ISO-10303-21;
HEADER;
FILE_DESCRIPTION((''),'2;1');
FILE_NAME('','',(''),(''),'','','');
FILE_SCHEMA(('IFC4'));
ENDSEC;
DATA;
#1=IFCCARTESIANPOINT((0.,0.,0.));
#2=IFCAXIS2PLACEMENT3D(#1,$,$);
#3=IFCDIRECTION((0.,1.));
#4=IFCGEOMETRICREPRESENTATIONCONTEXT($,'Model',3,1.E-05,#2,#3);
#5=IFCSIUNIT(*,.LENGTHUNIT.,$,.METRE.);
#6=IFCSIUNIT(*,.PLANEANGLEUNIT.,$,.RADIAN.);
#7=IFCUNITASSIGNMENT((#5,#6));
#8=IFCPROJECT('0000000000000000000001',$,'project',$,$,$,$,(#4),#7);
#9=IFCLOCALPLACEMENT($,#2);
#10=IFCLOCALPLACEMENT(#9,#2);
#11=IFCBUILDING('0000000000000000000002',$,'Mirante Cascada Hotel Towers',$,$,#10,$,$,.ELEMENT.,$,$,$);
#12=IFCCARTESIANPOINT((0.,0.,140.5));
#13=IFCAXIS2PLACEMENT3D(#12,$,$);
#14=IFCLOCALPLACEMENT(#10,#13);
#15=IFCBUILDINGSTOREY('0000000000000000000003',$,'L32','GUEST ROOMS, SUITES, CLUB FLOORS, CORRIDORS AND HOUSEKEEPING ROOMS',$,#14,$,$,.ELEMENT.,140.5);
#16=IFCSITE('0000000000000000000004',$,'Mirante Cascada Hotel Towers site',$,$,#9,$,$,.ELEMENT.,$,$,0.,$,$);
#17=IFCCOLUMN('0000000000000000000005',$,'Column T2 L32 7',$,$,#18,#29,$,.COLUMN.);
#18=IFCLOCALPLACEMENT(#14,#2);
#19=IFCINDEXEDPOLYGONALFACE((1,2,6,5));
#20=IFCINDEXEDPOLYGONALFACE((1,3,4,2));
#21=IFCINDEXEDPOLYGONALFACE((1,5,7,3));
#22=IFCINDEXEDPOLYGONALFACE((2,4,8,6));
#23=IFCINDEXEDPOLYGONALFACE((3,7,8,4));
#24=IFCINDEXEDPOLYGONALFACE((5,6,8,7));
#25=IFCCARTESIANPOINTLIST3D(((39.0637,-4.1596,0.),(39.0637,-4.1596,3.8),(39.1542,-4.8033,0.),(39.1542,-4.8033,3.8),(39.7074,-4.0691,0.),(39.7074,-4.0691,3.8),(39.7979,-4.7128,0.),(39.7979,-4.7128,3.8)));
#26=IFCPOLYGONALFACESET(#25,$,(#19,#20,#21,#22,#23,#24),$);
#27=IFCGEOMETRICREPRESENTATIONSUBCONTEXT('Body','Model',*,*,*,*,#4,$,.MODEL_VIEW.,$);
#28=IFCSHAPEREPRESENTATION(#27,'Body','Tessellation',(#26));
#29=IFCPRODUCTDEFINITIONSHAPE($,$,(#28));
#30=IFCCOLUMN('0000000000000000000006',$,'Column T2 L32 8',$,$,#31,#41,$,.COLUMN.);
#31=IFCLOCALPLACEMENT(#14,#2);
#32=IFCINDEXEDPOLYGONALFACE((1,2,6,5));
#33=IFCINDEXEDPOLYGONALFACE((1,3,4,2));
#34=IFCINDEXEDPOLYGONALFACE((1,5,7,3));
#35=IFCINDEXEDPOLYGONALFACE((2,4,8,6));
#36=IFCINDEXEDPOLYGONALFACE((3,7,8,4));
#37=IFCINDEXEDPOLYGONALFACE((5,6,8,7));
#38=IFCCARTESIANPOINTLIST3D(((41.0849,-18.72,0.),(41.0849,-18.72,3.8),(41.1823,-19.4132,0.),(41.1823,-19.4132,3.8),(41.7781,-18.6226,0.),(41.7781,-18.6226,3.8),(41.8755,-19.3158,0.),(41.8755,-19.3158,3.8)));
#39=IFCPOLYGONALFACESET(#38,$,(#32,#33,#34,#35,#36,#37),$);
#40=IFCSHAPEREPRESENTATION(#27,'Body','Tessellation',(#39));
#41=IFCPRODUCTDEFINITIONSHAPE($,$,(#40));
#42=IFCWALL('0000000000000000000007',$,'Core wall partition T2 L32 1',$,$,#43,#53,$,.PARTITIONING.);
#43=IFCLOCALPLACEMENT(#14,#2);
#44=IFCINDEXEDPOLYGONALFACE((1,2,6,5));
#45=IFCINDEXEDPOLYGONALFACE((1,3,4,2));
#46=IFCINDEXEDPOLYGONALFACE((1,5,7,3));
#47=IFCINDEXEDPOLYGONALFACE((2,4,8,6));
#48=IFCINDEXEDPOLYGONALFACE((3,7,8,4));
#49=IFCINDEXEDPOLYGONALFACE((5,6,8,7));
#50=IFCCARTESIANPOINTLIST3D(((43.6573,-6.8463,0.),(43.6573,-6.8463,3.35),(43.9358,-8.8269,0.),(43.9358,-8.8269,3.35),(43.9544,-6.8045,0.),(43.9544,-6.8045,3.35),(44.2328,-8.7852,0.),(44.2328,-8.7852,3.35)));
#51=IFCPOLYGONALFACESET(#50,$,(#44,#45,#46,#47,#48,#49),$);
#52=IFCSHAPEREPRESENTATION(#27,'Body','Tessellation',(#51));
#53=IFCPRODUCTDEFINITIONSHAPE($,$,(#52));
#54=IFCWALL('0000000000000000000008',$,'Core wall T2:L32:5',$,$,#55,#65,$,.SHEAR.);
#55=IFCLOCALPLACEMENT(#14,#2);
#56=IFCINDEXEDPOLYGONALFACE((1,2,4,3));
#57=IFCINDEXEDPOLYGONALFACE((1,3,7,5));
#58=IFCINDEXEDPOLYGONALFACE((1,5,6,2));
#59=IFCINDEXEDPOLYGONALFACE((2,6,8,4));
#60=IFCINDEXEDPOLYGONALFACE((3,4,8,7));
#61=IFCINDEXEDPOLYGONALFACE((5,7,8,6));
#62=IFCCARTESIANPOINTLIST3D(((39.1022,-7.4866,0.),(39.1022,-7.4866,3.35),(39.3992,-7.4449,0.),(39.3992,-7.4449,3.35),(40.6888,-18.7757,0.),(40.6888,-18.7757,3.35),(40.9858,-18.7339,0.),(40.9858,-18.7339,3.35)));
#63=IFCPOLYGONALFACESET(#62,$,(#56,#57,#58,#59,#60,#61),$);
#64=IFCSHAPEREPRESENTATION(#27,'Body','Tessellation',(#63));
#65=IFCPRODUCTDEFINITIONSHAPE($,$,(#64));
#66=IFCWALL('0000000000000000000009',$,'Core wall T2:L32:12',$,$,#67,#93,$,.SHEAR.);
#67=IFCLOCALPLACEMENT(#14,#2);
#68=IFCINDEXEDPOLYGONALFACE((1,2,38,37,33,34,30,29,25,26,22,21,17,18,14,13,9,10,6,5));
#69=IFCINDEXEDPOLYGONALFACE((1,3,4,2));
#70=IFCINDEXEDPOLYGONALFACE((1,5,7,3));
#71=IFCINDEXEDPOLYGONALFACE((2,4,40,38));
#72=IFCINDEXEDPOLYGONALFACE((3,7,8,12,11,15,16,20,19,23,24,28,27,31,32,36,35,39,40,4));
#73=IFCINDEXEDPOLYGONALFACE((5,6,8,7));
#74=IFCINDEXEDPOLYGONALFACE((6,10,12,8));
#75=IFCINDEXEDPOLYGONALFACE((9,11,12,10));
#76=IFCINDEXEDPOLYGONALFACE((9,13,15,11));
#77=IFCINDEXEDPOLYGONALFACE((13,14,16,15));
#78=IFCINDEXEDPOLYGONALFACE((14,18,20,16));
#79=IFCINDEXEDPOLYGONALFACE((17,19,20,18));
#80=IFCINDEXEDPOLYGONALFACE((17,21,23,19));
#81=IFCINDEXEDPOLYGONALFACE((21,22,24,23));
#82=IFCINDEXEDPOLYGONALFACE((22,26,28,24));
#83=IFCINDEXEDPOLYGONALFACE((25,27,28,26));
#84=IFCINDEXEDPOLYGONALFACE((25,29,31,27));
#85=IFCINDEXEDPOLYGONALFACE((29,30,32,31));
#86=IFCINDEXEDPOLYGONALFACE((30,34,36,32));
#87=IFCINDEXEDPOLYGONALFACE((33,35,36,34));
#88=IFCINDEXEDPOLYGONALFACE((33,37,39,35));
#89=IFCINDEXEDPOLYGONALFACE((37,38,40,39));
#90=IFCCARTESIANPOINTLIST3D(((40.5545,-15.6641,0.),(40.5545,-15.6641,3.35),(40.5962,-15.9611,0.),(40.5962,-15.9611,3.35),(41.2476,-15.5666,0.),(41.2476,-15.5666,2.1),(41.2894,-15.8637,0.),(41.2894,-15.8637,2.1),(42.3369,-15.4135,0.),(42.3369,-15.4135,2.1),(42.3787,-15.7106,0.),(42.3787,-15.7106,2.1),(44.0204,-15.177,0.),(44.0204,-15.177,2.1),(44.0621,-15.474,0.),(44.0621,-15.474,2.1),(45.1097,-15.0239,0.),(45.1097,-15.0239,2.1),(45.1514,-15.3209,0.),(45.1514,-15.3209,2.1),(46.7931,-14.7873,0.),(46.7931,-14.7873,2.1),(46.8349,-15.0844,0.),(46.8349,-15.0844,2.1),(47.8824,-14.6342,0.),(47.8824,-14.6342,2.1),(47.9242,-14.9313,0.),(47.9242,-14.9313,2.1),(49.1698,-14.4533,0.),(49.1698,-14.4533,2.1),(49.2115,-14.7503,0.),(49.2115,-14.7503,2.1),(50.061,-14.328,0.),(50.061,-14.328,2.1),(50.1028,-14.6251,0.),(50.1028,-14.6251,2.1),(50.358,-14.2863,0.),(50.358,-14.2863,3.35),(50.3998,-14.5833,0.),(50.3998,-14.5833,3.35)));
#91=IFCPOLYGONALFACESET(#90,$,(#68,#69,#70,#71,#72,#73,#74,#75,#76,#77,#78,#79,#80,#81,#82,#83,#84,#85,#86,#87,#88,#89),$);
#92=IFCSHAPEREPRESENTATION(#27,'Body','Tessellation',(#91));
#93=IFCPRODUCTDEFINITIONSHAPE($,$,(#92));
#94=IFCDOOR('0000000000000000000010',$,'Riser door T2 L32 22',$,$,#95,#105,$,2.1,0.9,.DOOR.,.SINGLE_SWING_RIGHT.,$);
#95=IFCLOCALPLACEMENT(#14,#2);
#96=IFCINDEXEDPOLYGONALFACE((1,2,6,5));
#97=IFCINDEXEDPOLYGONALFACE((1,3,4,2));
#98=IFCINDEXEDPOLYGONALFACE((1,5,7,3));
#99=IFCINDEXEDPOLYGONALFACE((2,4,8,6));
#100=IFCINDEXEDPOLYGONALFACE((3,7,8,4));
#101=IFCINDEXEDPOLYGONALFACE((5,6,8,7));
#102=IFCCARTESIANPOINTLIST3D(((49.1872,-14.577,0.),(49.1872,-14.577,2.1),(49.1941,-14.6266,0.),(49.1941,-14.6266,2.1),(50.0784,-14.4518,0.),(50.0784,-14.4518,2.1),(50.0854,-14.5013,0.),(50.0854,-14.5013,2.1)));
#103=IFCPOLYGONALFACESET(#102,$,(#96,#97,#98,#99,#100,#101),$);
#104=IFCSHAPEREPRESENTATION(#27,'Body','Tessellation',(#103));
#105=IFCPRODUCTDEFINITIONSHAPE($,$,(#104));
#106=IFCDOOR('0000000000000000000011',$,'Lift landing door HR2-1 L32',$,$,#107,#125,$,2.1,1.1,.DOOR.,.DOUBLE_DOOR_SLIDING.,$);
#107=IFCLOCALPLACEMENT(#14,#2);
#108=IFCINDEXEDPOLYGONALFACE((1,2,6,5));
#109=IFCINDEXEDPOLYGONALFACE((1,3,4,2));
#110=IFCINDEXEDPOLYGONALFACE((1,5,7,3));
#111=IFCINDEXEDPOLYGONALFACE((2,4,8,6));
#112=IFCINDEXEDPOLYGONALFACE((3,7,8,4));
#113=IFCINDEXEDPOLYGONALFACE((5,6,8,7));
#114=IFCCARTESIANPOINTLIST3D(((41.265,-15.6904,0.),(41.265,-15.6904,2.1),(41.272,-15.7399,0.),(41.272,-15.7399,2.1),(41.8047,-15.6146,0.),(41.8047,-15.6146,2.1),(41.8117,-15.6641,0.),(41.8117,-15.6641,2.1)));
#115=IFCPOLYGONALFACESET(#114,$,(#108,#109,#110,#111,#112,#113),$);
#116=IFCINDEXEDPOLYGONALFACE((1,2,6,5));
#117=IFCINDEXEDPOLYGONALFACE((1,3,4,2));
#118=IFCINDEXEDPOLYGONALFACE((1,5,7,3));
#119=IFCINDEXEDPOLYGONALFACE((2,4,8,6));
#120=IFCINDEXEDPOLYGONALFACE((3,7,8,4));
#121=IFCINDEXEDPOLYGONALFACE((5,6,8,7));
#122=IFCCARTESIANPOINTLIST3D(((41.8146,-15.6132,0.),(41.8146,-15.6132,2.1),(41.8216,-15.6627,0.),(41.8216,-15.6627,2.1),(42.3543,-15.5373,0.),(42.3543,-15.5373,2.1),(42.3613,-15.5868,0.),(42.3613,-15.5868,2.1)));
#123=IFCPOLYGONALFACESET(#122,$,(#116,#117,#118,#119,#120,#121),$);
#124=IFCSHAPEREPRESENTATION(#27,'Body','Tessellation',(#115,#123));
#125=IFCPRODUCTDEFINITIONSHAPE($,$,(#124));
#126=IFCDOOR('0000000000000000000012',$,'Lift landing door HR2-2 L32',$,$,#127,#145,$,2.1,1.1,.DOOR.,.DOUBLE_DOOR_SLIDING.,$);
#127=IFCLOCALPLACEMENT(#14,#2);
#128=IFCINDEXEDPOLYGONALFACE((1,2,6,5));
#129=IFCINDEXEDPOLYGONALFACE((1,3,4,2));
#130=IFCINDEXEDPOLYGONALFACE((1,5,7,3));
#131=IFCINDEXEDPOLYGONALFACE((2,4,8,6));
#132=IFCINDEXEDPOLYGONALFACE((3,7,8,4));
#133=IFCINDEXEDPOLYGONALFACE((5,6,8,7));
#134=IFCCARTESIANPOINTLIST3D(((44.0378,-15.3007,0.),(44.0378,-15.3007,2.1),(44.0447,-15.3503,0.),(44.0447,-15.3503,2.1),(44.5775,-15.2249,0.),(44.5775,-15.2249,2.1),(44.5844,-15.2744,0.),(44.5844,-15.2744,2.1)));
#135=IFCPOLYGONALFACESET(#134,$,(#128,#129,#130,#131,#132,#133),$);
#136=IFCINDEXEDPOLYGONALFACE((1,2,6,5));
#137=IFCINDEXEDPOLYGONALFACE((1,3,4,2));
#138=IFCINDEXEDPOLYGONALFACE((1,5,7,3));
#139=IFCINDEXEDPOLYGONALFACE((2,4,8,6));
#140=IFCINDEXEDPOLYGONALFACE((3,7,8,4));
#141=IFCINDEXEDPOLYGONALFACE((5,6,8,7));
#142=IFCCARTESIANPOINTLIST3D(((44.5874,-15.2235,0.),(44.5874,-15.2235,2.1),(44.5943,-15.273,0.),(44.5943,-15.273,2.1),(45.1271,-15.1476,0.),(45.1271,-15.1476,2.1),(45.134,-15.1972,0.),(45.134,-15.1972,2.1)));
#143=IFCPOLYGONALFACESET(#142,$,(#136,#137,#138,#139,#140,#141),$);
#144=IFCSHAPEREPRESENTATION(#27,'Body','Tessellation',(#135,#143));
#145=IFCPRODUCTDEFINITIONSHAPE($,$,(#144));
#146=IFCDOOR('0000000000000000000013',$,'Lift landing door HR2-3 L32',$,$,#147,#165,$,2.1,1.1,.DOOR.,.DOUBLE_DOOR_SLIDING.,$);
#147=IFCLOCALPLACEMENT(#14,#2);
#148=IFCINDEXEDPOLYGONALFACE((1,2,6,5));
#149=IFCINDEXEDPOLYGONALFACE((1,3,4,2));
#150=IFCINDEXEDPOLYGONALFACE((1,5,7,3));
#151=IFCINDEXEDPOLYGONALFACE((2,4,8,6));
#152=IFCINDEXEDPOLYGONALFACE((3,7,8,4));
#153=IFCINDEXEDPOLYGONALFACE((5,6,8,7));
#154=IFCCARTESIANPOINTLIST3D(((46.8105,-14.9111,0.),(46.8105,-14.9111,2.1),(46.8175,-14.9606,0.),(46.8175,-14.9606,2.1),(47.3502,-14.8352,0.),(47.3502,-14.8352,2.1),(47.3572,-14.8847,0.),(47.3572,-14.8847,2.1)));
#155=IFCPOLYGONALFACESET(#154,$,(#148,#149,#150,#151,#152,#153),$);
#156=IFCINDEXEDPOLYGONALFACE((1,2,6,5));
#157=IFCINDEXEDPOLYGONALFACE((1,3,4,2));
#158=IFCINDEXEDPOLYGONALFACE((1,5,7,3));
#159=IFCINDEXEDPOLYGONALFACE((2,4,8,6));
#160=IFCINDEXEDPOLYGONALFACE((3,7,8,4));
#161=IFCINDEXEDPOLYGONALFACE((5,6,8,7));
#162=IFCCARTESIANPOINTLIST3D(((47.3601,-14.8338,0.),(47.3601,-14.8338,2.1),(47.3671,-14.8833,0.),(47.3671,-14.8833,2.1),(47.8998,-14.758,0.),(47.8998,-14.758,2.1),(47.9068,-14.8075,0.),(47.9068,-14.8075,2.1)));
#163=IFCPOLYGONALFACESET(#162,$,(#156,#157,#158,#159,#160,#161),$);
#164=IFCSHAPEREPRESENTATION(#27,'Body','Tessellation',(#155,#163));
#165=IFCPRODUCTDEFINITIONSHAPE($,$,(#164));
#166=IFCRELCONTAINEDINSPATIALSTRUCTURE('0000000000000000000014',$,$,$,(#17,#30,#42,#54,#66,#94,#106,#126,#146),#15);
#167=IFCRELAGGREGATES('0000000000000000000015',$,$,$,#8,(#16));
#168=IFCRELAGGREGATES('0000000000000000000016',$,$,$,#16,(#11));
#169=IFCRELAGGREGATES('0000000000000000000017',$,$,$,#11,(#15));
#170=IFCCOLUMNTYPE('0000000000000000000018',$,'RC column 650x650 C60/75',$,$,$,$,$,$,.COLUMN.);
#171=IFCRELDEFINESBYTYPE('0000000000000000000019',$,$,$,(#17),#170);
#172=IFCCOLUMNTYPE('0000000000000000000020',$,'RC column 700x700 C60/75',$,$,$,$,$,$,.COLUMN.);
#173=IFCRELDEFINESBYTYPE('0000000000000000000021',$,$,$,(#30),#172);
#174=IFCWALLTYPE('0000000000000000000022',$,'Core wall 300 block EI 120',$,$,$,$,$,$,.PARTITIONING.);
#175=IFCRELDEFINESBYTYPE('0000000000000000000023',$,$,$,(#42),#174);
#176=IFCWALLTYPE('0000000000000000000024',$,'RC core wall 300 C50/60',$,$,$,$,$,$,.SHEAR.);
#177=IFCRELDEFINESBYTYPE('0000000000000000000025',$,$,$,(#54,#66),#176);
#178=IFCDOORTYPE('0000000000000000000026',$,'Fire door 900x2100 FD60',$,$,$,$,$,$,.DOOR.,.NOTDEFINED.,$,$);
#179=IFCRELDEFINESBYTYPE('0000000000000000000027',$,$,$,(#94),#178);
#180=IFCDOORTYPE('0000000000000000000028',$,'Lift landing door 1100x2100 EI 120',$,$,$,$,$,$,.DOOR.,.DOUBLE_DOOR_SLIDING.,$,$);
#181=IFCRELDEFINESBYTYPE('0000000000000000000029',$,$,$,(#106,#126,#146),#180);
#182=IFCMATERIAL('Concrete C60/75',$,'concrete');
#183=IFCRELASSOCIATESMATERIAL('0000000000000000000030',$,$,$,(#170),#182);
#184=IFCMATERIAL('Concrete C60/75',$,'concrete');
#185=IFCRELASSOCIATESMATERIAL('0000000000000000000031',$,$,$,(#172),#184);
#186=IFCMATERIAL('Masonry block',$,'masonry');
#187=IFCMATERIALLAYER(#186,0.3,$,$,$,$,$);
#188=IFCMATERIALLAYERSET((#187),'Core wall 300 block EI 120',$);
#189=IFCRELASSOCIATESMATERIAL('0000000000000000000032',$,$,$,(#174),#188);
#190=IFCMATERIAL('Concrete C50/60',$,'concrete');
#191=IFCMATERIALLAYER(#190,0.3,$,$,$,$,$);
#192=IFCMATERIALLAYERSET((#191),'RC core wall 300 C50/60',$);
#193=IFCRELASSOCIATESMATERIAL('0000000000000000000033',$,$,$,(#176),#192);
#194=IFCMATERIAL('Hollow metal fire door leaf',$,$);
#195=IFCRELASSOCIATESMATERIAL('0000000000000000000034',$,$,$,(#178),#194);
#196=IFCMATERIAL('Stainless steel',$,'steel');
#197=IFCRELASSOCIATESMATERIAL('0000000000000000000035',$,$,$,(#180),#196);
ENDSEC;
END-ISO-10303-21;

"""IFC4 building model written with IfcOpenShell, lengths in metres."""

from ifc_helpers import new_model, si_unit, direction, frame, frame_2d, origin, origin_2d, place, context, subcontext, project, spatial, rectangle, extrude, material, layer, layer_set, material_profile, profile_set, type_object, element, fill, save


model = new_model("IFC4")

# Units and contexts
model_context = context("Model", 3, precision=1e-05, world=origin(), true_north=direction((0.0, 1.0)))
body_context = subcontext(model_context, "Body", "Model", "MODEL_VIEW")
ifc_project = project(units=[si_unit("LENGTHUNIT", "METRE"), si_unit("PLANEANGLEUNIT", "RADIAN")], contexts=[model_context])

# Site, building, storey
site_placement = place(None, origin())
site = spatial("IfcSite", under=ifc_project, at=site_placement, Name="Mirante Cascada Hotel Towers site", CompositionType="ELEMENT", RefElevation=0.0)
building_placement = place(site_placement, origin())
building = spatial("IfcBuilding", under=site, at=building_placement, Name="Mirante Cascada Hotel Towers", CompositionType="ELEMENT")
storey_placement = place(building_placement, frame((0.0, 0.0, 140.5)))
storey = spatial("IfcBuildingStorey", under=building, at=storey_placement, Name="L32", Description="GUEST ROOMS, SUITES, CLUB FLOORS, CORRIDORS AND HOUSEKEEPING ROOMS", CompositionType="ELEMENT", Elevation=140.5)

# Columns
ifc_material_1 = material(Name="Concrete C60/75", Category="concrete")
ifc_material_profile_1 = material_profile(ifc_material_1, rectangle(XDim=0.65, YDim=0.65, at=origin_2d()), Name="RC column 650x650 C60/75")
ifc_profile_set_1 = profile_set([ifc_material_profile_1], Name="Concrete C60/75")
column_type_1 = type_object("IfcColumnType", Name="RC column 650x650 C60/75", PredefinedType="COLUMN", material=ifc_profile_set_1)
column_1_placement = place(storey_placement, frame((39.4308, -4.4362, 0.0), z_axis=(0.0, 0.0, 1.0), x_axis=(0.990268, 0.139173, 0.0)))
element("IfcColumn", 1, at=column_1_placement, inside=storey, type_object=column_type_1, Name="Column T2 L32 7", PredefinedType="COLUMN", context=body_context, shape_type="SweptSolid", body=[
    extrude(rectangle(XDim=0.65, YDim=0.65, at=origin_2d()), origin(), (0.0, 0.0, 1.0), 3.8),
])
ifc_material_2 = material(Name="Concrete C60/75", Category="concrete")
ifc_material_profile_2 = material_profile(ifc_material_2, rectangle(XDim=0.7, YDim=0.7, at=origin_2d()), Name="RC column 700x700 C60/75")
ifc_profile_set_2 = profile_set([ifc_material_profile_2], Name="Concrete C60/75")
column_type_2 = type_object("IfcColumnType", Name="RC column 700x700 C60/75", PredefinedType="COLUMN", material=ifc_profile_set_2)
column_2_placement = place(storey_placement, frame((41.4802, -19.0179, 0.0), z_axis=(0.0, 0.0, 1.0), x_axis=(0.990268, 0.139173, 0.0)))
element("IfcColumn", 2, at=column_2_placement, inside=storey, type_object=column_type_2, Name="Column T2 L32 8", PredefinedType="COLUMN", context=body_context, shape_type="SweptSolid", body=[
    extrude(rectangle(XDim=0.7, YDim=0.7, at=origin_2d()), origin(), (0.0, 0.0, 1.0), 3.8),
])

# Walls
ifc_material_3 = material(Name="Masonry block", Category="masonry")
ifc_layer_1 = layer(ifc_material_3, 0.3)
ifc_layer_set_1 = layer_set([ifc_layer_1], Name="Core wall 300 block EI 120")
wall_type_1 = type_object("IfcWallType", Name="Core wall 300 block EI 120", PredefinedType="PARTITIONING", material=ifc_layer_set_1)
wall_1_placement = place(storey_placement, frame((44.0843, -8.8061, 0.0), z_axis=(0.0, 0.0, 1.0), x_axis=(-0.139195, 0.990265, 0.0)))
element("IfcWall", 3, at=wall_1_placement, inside=storey, type_object=wall_type_1, Name="Core wall partition T2 L32 1", PredefinedType="PARTITIONING", context=body_context, shape_type="SweptSolid", body=[
    extrude(rectangle(XDim=2.0001, YDim=0.3, at=frame_2d((1.0001, 0.0))), origin(), (0.0, 0.0, 1.0), 3.35),
])
ifc_material_4 = material(Name="Concrete C50/60", Category="concrete")
ifc_layer_2 = layer(ifc_material_4, 0.3)
ifc_layer_set_2 = layer_set([ifc_layer_2], Name="RC core wall 300 C50/60")
wall_type_2 = type_object("IfcWallType", Name="RC core wall 300 C50/60", PredefinedType="SHEAR", material=ifc_layer_set_2)
wall_2_placement = place(storey_placement, frame((40.8373, -18.7548, 0.0), z_axis=(0.0, 0.0, 1.0), x_axis=(-0.139175, 0.990268, 0.0)))
element("IfcWall", 4, at=wall_2_placement, inside=storey, type_object=wall_type_2, Name="Core wall T2:L32:5", PredefinedType="SHEAR", context=body_context, shape_type="SweptSolid", body=[
    extrude(rectangle(XDim=11.4, YDim=0.3, at=frame_2d((5.7, 0.0))), origin(), (0.0, 0.0, 1.0), 3.35),
])

# Wall, openings, doors
wall_3_placement = place(storey_placement, frame((40.5753, -15.8126, 0.0), z_axis=(0.0, 0.0, 1.0), x_axis=(0.990268, 0.139173, 0.0)))
wall_3 = element("IfcWall", 5, at=wall_3_placement, inside=storey, type_object=wall_type_2, Name="Core wall T2:L32:12", PredefinedType="SHEAR", context=body_context, shape_type="SweptSolid", body=[
    extrude(rectangle(XDim=9.8999, YDim=0.3, at=frame_2d((4.95, 0.0))), origin(), (0.0, 0.0, 1.0), 3.35),
])
opening_1_placement = place(wall_3_placement, frame((0.7, 0.0, 0.0)))
opening_1 = element("IfcOpeningElement", 6, at=opening_1_placement, cuts=wall_3, PredefinedType="OPENING", context=body_context, shape_type="SweptSolid", body=[
    extrude(rectangle(XDim=1.1, YDim=2.1, at=frame_2d((0.55, 1.05))), frame((0.0, 0.15, 0.0), z_axis=(0.0, -1.0, 0.0), x_axis=(1.0, 0.0, 0.0)), (0.0, 0.0, 1.0), 0.3),
])
opening_2_placement = place(wall_3_placement, frame((3.5, 0.0, 0.0)))
opening_2 = element("IfcOpeningElement", 7, at=opening_2_placement, cuts=wall_3, PredefinedType="OPENING", context=body_context, shape_type="SweptSolid", body=[
    extrude(rectangle(XDim=1.1, YDim=2.1, at=frame_2d((0.55, 1.05))), frame((0.0, 0.15, 0.0), z_axis=(0.0, -1.0, 0.0), x_axis=(1.0, 0.0, 0.0)), (0.0, 0.0, 1.0), 0.3),
])
opening_3_placement = place(wall_3_placement, frame((6.3, 0.0, 0.0)))
opening_3 = element("IfcOpeningElement", 8, at=opening_3_placement, cuts=wall_3, PredefinedType="OPENING", context=body_context, shape_type="SweptSolid", body=[
    extrude(rectangle(XDim=1.1, YDim=2.1, at=frame_2d((0.55, 1.05))), frame((0.0, 0.15, 0.0), z_axis=(0.0, -1.0, 0.0), x_axis=(1.0, 0.0, 0.0)), (0.0, 0.0, 1.0), 0.3),
])
opening_4_placement = place(wall_3_placement, frame((8.7, 0.0, 0.0)))
opening_4 = element("IfcOpeningElement", 9, at=opening_4_placement, cuts=wall_3, PredefinedType="OPENING", context=body_context, shape_type="SweptSolid", body=[
    extrude(rectangle(XDim=0.9, YDim=2.1, at=frame_2d((0.45, 1.05))), frame((0.0, 0.15, 0.0), z_axis=(0.0, -1.0, 0.0), x_axis=(1.0, 0.0, 0.0)), (0.0, 0.0, 1.0), 0.3),
])
ifc_material_5 = material(Name="Hollow metal fire door leaf")
door_type_1 = type_object("IfcDoorType", Name="Fire door 900x2100 FD60", OperationType="NOTDEFINED", PredefinedType="DOOR", material=ifc_material_5)
door_1_placement = place(opening_4_placement, frame((0.9, 0.0, 0.0), z_axis=(0.0, 0.0, 1.0), x_axis=(-1.0, 0.0, 0.0)))
door_1 = element("IfcDoor", 10, at=door_1_placement, inside=storey, type_object=door_type_1, Name="Riser door T2 L32 22", OperationType="SINGLE_SWING_RIGHT", OverallHeight=2.1, OverallWidth=0.9, PredefinedType="DOOR", context=body_context, shape_type="SweptSolid", body=[
    extrude(rectangle(XDim=0.9, YDim=2.1, at=frame_2d((0.45, 1.05))), frame((0.0, 0.025, 0.0), z_axis=(0.0, -1.0, 0.0), x_axis=(1.0, 0.0, 0.0)), (0.0, 0.0, 1.0), 0.05),
])
fill(opening_4, door_1)
ifc_material_6 = material(Name="Stainless steel", Category="steel")
door_type_2 = type_object("IfcDoorType", Name="Lift landing door 1100x2100 EI 120", OperationType="DOUBLE_DOOR_SLIDING", PredefinedType="DOOR", material=ifc_material_6)
door_2_placement = place(opening_1_placement, origin())
door_2 = element("IfcDoor", 11, at=door_2_placement, inside=storey, type_object=door_type_2, Name="Lift landing door HR2-1 L32", OperationType="DOUBLE_DOOR_SLIDING", OverallHeight=2.1, OverallWidth=1.1, PredefinedType="DOOR", context=body_context, shape_type="SweptSolid", body=[
    extrude(rectangle(XDim=0.545, YDim=2.1, at=frame_2d((0.2725, 1.05))), frame((0.0, 0.025, 0.0), z_axis=(0.0, -1.0, 0.0), x_axis=(1.0, 0.0, 0.0)), (0.0, 0.0, 1.0), 0.05),
    extrude(rectangle(XDim=0.545, YDim=2.1, at=frame_2d((0.8275, 1.05))), frame((0.0, 0.025, 0.0), z_axis=(0.0, -1.0, 0.0), x_axis=(1.0, 0.0, 0.0)), (0.0, 0.0, 1.0), 0.05),
])
fill(opening_1, door_2)
door_3_placement = place(opening_2_placement, origin())
door_3 = element("IfcDoor", 12, at=door_3_placement, inside=storey, type_object=door_type_2, Name="Lift landing door HR2-2 L32", OperationType="DOUBLE_DOOR_SLIDING", OverallHeight=2.1, OverallWidth=1.1, PredefinedType="DOOR", context=body_context, shape_type="SweptSolid", body=[
    extrude(rectangle(XDim=0.545, YDim=2.1, at=frame_2d((0.2725, 1.05))), frame((0.0, 0.025, 0.0), z_axis=(0.0, -1.0, 0.0), x_axis=(1.0, 0.0, 0.0)), (0.0, 0.0, 1.0), 0.05),
    extrude(rectangle(XDim=0.545, YDim=2.1, at=frame_2d((0.8275, 1.05))), frame((0.0, 0.025, 0.0), z_axis=(0.0, -1.0, 0.0), x_axis=(1.0, 0.0, 0.0)), (0.0, 0.0, 1.0), 0.05),
])
fill(opening_2, door_3)
door_4_placement = place(opening_3_placement, origin())
door_4 = element("IfcDoor", 13, at=door_4_placement, inside=storey, type_object=door_type_2, Name="Lift landing door HR2-3 L32", OperationType="DOUBLE_DOOR_SLIDING", OverallHeight=2.1, OverallWidth=1.1, PredefinedType="DOOR", context=body_context, shape_type="SweptSolid", body=[
    extrude(rectangle(XDim=0.545, YDim=2.1, at=frame_2d((0.2725, 1.05))), frame((0.0, 0.025, 0.0), z_axis=(0.0, -1.0, 0.0), x_axis=(1.0, 0.0, 0.0)), (0.0, 0.0, 1.0), 0.05),
    extrude(rectangle(XDim=0.545, YDim=2.1, at=frame_2d((0.8275, 1.05))), frame((0.0, 0.025, 0.0), z_axis=(0.0, -1.0, 0.0), x_axis=(1.0, 0.0, 0.0)), (0.0, 0.0, 1.0), 0.05),
])
fill(opening_3, door_4)

save(model, "model.ifc")
